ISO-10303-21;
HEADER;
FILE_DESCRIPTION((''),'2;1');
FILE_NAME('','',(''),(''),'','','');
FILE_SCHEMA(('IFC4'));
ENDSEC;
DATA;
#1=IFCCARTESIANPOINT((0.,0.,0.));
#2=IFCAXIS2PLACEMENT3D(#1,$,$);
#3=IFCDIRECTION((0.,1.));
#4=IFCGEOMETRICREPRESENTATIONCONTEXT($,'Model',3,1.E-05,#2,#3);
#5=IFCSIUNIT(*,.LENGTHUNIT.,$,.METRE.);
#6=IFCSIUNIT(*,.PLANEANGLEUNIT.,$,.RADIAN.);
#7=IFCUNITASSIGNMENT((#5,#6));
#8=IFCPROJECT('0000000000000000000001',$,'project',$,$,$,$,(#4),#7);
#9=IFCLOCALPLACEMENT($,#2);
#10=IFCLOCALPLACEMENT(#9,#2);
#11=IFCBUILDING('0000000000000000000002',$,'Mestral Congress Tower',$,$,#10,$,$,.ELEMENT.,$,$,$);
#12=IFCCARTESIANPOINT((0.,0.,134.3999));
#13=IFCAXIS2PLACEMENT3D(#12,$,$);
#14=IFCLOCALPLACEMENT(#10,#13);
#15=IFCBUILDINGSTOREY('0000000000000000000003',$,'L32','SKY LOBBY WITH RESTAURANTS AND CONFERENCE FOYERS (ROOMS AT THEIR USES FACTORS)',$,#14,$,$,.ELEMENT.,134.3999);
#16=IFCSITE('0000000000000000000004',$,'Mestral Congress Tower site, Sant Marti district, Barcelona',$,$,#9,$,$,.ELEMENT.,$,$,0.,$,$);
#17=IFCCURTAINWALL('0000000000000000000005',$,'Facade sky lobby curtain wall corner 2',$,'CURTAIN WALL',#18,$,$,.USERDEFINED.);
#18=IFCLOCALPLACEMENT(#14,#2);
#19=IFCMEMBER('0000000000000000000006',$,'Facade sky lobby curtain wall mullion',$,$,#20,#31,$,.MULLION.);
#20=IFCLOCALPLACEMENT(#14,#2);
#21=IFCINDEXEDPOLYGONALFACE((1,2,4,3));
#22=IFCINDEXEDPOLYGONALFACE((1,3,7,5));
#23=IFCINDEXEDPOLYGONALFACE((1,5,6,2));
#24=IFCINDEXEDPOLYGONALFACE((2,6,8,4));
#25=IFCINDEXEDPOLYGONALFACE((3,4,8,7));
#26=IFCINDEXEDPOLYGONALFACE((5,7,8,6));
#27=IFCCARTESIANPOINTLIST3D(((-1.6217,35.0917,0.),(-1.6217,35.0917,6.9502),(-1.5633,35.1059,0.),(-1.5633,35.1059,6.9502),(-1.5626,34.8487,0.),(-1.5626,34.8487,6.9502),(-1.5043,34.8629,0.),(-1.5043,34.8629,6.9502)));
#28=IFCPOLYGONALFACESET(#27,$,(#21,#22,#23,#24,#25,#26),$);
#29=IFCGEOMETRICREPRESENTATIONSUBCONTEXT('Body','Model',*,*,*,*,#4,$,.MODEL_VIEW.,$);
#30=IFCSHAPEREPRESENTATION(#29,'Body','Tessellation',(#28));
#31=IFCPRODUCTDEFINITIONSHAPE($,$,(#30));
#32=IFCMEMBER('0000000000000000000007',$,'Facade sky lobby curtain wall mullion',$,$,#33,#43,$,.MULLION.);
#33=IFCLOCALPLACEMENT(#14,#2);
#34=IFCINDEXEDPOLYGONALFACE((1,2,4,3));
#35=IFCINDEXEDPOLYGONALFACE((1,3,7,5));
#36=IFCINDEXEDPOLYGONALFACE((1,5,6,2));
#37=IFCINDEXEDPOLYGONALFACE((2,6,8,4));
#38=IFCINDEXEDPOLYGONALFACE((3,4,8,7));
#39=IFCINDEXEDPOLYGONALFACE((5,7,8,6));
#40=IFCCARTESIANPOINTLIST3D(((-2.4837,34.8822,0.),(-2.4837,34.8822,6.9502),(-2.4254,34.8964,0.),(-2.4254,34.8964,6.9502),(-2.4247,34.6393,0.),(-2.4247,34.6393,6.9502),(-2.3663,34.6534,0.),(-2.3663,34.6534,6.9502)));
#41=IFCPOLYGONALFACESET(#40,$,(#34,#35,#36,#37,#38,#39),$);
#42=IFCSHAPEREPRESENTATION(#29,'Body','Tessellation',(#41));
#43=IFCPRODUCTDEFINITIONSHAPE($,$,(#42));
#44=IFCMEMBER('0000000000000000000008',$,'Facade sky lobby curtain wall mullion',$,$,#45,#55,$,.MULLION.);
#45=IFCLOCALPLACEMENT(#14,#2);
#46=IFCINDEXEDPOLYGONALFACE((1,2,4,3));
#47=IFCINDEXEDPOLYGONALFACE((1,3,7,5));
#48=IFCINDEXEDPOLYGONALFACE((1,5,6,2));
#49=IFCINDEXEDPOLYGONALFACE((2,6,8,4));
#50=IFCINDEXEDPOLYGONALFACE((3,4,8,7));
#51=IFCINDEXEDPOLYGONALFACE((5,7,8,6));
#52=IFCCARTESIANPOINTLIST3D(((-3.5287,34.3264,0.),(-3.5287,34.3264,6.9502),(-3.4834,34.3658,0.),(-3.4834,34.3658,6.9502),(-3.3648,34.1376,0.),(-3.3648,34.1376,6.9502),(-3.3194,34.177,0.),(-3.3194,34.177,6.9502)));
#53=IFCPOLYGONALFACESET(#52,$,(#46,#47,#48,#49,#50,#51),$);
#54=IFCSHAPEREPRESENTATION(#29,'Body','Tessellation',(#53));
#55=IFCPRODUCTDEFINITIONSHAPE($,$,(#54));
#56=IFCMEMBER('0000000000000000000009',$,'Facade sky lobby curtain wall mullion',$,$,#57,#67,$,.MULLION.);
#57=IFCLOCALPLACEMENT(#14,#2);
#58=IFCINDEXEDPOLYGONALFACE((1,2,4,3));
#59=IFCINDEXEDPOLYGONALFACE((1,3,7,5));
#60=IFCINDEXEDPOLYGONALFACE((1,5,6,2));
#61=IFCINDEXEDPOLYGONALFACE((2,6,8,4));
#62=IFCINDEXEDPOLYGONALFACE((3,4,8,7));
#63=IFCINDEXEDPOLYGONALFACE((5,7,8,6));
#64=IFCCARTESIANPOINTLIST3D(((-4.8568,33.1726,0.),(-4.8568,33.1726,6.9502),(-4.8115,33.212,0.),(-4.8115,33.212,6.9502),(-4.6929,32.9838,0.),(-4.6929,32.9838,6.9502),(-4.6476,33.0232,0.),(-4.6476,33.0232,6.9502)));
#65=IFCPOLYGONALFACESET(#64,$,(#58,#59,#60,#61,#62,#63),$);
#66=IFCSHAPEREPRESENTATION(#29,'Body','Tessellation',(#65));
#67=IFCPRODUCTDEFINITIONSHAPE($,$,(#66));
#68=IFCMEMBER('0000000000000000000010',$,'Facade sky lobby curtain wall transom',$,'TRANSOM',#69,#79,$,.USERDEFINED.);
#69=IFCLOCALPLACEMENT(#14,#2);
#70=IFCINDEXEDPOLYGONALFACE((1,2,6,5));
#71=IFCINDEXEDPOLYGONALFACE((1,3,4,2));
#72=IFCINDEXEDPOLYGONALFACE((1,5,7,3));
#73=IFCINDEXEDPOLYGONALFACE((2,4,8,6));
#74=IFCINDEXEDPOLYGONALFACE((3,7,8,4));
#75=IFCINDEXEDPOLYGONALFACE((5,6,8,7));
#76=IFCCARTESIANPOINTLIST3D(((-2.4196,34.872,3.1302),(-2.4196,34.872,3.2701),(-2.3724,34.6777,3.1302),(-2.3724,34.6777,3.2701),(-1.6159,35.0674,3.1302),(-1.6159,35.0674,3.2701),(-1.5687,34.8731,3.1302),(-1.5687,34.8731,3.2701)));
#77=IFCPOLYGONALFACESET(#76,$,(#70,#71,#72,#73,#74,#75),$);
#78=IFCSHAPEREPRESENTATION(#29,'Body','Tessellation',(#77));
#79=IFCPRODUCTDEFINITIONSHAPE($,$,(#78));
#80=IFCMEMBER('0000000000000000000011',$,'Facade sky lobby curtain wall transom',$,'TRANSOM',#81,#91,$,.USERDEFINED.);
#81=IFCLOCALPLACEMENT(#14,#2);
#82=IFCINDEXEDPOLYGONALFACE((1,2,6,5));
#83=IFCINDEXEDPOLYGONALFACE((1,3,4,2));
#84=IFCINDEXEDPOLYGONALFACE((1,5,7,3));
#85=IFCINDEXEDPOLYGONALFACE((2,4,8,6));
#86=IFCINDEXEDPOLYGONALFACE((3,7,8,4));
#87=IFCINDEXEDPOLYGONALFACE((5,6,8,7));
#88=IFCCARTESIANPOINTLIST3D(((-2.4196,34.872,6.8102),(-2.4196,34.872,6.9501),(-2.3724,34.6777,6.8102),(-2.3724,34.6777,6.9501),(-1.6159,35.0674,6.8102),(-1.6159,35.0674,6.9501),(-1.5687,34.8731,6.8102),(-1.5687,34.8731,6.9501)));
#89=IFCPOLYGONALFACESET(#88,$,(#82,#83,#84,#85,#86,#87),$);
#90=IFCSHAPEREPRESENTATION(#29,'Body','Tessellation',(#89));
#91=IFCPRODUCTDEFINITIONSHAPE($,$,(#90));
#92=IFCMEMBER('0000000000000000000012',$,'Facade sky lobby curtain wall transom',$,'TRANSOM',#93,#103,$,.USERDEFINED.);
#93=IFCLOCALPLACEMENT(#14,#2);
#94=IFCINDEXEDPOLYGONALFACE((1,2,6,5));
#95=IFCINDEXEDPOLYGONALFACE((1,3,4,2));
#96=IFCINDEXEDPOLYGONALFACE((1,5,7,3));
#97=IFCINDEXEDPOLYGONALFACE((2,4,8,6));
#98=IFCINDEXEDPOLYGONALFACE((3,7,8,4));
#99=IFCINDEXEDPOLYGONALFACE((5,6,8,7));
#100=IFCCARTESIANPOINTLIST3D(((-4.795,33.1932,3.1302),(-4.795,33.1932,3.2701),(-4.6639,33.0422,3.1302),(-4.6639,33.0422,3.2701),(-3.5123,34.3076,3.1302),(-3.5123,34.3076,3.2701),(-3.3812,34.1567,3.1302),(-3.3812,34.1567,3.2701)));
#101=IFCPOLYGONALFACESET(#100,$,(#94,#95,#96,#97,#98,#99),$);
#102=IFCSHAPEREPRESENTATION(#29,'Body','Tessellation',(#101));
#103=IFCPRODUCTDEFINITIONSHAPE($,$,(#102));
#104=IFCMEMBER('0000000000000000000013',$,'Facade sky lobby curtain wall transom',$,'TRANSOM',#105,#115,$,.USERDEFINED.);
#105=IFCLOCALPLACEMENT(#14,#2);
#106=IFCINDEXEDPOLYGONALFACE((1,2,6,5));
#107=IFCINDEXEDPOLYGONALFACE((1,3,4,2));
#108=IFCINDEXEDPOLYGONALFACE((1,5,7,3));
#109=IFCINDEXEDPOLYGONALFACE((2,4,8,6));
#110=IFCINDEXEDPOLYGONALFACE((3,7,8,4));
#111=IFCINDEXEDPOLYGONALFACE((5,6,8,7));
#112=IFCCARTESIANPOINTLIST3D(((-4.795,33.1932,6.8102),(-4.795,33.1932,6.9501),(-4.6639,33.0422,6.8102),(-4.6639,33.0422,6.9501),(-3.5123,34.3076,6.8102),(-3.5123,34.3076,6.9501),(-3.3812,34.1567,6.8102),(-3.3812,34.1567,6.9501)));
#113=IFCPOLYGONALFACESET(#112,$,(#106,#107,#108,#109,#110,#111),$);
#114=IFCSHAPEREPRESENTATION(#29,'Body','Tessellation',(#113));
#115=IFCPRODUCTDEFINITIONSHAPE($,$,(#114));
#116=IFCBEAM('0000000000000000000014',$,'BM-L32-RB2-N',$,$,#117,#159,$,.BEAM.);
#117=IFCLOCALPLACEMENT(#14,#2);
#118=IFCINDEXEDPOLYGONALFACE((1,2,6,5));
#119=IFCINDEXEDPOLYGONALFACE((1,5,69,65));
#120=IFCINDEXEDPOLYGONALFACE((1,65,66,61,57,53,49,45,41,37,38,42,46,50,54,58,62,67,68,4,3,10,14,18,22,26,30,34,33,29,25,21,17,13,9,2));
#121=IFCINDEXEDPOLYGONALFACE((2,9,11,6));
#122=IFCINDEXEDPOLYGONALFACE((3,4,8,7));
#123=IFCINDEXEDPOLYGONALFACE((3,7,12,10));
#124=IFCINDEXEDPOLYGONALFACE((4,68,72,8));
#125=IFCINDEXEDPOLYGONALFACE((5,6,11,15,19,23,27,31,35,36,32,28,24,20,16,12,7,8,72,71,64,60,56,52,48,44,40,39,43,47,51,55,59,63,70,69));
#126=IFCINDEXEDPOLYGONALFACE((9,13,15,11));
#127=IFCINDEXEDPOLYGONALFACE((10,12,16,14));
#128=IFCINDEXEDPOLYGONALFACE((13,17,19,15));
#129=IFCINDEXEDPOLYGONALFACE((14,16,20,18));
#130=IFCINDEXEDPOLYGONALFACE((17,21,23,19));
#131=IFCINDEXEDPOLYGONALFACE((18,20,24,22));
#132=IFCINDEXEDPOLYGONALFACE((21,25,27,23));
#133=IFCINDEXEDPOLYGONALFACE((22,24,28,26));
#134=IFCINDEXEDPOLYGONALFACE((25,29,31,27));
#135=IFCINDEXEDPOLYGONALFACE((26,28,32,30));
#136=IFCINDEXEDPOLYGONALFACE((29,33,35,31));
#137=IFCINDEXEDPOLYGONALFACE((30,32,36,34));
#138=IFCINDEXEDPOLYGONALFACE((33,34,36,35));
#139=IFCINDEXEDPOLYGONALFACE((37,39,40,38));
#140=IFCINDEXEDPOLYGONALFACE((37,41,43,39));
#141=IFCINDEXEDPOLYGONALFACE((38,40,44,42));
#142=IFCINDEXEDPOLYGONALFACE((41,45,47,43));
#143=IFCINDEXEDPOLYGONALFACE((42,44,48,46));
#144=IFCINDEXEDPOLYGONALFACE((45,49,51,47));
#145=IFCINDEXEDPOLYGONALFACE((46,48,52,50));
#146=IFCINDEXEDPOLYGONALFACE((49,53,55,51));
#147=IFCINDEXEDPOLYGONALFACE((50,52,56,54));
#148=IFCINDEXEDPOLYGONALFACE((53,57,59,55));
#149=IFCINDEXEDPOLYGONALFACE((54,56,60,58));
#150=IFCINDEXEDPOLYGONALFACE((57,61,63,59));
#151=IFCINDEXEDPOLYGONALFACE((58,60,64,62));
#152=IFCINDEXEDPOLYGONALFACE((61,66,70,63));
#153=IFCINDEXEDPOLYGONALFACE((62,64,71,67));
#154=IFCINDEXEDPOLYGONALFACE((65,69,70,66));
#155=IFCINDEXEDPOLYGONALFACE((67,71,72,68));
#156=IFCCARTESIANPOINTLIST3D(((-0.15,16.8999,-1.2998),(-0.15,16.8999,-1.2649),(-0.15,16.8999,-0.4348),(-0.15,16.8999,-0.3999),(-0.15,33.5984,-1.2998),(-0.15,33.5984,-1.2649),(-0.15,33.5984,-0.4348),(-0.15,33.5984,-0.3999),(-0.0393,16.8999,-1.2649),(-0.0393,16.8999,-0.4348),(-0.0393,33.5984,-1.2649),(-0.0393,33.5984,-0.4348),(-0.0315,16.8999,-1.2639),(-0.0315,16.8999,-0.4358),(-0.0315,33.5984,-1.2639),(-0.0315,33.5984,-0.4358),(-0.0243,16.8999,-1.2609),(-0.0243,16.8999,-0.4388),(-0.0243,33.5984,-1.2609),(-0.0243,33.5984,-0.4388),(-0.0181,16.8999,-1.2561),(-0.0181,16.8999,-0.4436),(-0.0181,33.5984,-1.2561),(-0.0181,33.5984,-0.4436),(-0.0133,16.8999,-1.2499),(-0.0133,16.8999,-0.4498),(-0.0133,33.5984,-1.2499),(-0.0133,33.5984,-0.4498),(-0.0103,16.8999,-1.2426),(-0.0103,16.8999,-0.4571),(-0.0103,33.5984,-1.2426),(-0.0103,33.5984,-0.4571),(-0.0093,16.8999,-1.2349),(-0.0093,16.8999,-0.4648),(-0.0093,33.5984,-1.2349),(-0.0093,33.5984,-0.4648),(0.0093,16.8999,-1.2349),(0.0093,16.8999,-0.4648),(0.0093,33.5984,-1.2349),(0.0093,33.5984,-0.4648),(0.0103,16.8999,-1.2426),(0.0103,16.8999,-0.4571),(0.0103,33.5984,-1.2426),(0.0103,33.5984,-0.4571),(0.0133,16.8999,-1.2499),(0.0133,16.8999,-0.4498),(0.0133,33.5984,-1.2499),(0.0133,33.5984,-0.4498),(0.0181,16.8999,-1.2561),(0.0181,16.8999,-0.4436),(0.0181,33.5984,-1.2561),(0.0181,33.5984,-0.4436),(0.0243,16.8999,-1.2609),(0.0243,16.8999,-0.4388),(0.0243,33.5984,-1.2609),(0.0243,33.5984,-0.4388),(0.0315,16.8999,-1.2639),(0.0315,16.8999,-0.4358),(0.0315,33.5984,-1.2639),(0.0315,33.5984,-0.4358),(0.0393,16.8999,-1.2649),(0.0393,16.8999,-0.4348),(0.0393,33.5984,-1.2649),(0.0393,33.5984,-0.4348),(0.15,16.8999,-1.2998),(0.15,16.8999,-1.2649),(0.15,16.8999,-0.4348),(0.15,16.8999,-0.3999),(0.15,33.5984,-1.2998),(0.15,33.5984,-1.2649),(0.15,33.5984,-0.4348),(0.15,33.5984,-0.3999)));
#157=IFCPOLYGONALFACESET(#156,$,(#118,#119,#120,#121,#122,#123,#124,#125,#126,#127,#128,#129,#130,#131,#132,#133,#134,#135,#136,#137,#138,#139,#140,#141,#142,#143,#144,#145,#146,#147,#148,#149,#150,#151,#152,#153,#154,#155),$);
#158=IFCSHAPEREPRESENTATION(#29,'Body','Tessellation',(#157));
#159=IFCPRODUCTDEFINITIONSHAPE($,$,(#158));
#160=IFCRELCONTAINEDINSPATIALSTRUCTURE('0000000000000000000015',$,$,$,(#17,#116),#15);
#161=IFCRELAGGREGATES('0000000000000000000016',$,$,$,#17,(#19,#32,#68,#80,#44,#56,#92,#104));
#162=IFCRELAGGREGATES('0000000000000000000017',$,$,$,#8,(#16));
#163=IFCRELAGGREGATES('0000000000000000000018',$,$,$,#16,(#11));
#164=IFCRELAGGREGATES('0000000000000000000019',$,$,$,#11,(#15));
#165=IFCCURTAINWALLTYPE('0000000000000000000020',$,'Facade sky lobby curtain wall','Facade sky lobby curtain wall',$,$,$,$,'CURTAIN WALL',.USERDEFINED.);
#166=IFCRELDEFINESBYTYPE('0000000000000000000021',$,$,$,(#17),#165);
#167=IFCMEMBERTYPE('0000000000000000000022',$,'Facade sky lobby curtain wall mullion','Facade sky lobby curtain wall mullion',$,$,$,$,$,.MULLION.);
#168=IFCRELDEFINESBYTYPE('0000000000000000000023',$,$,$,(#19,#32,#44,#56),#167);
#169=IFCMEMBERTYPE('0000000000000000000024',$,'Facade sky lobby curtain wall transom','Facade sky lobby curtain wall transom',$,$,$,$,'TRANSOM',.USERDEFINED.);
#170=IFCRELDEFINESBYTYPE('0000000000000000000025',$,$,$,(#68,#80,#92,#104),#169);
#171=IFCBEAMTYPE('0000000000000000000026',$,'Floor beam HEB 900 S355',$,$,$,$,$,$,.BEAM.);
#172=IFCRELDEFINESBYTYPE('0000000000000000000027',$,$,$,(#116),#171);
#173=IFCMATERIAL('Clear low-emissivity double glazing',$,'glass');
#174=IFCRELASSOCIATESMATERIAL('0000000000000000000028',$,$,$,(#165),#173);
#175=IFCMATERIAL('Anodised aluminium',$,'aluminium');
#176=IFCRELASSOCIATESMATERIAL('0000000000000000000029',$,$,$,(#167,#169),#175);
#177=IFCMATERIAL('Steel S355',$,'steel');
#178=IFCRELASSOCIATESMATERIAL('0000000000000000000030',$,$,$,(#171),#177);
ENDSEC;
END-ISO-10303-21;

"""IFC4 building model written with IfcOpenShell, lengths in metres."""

from ifc_helpers import new_model, si_unit, direction, frame, origin, origin_2d, place, context, subcontext, project, spatial, rectangle, i_section, extrude, material, material_profile, profile_set, type_object, element, aggregate, save


model = new_model("IFC4")

# Units and contexts
model_context = context("Model", 3, precision=1e-05, world=origin(), true_north=direction((0.0, 1.0)))
body_context = subcontext(model_context, "Body", "Model", "MODEL_VIEW")
ifc_project = project(units=[si_unit("LENGTHUNIT", "METRE"), si_unit("PLANEANGLEUNIT", "RADIAN")], contexts=[model_context])

# Site, building, storey
site_placement = place(None, origin())
site = spatial("IfcSite", under=ifc_project, at=site_placement, Name="Mestral Congress Tower site, Sant Marti district, Barcelona", CompositionType="ELEMENT", RefElevation=0.0)
building_placement = place(site_placement, origin())
building = spatial("IfcBuilding", under=site, at=building_placement, Name="Mestral Congress Tower", CompositionType="ELEMENT")
storey_placement = place(building_placement, frame((0.0, 0.0, 134.3999)))
storey = spatial("IfcBuildingStorey", under=building, at=storey_placement, Name="L32", Description="SKY LOBBY WITH RESTAURANTS AND CONFERENCE FOYERS (ROOMS AT THEIR USES FACTORS)", CompositionType="ELEMENT", Elevation=134.3999)

# Shared definitions
ifc_material_1 = material(Name="Steel S355", Category="steel")

# Curtain wall, members
ifc_material_2 = material(Name="Clear low-emissivity double glazing", Category="glass")
curtain_wall_type = type_object("IfcCurtainWallType", Name="Facade sky lobby curtain wall", Description="Facade sky lobby curtain wall", ElementType="CURTAIN WALL", PredefinedType="USERDEFINED", material=ifc_material_2)
curtain_wall_placement = place(storey_placement, origin())
curtain_wall = element("IfcCurtainWall", 1, at=curtain_wall_placement, inside=storey, type_object=curtain_wall_type, Name="Facade sky lobby curtain wall corner 2", ObjectType="CURTAIN WALL", PredefinedType="USERDEFINED")
ifc_material_3 = material(Name="Anodised aluminium", Category="aluminium")
ifc_material_profile_1 = material_profile(ifc_material_3, rectangle(XDim=0.25, YDim=0.0601, at=origin_2d()), Name="CW1 mullion 250 x 60")
ifc_profile_set_1 = profile_set([ifc_material_profile_1], Name="Anodised aluminium")
member_type_1 = type_object("IfcMemberType", Name="Facade sky lobby curtain wall mullion", Description="Facade sky lobby curtain wall mullion", PredefinedType="MULLION", material=ifc_profile_set_1)
member_1_placement = place(storey_placement, frame((-1.563, 34.9773, 0.0), z_axis=(0.0, 0.0, 1.0), x_axis=(-0.236153, 0.971716, 0.0)))
member_1 = element("IfcMember", 2, at=member_1_placement, type_object=member_type_1, Name="Facade sky lobby curtain wall mullion", PredefinedType="MULLION", context=body_context, shape_type="SweptSolid", body=[
    extrude(rectangle(XDim=0.25, YDim=0.0601, at=origin_2d()), origin(), (0.0, 0.0, 1.0), 6.9502),
])
member_2_placement = place(storey_placement, frame((-2.425, 34.7678, 0.0), z_axis=(0.0, 0.0, 1.0), x_axis=(-0.236153, 0.971716, 0.0)))
member_2 = element("IfcMember", 3, at=member_2_placement, type_object=member_type_1, Name="Facade sky lobby curtain wall mullion", PredefinedType="MULLION", context=body_context, shape_type="SweptSolid", body=[
    extrude(rectangle(XDim=0.25, YDim=0.0601, at=origin_2d()), origin(), (0.0, 0.0, 1.0), 6.9502),
])
member_3_placement = place(storey_placement, frame((-3.4241, 34.2517, 0.0), z_axis=(0.0, 0.0, 1.0), x_axis=(-0.65581, 0.754926, 0.0)))
member_3 = element("IfcMember", 4, at=member_3_placement, type_object=member_type_1, Name="Facade sky lobby curtain wall mullion", PredefinedType="MULLION", context=body_context, shape_type="SweptSolid", body=[
    extrude(rectangle(XDim=0.25, YDim=0.0601, at=origin_2d()), origin(), (0.0, 0.0, 1.0), 6.9502),
])
member_4_placement = place(storey_placement, frame((-4.7522, 33.0979, 0.0), z_axis=(0.0, 0.0, 1.0), x_axis=(-0.65581, 0.754926, 0.0)))
member_4 = element("IfcMember", 5, at=member_4_placement, type_object=member_type_1, Name="Facade sky lobby curtain wall mullion", PredefinedType="MULLION", context=body_context, shape_type="SweptSolid", body=[
    extrude(rectangle(XDim=0.25, YDim=0.0601, at=origin_2d()), origin(), (0.0, 0.0, 1.0), 6.9502),
])
ifc_material_profile_2 = material_profile(ifc_material_3, rectangle(XDim=0.2, YDim=0.1399, at=origin_2d()), Name="CW1 transom 200 x 140")
ifc_profile_set_2 = profile_set([ifc_material_profile_2], Name="Anodised aluminium")
member_type_2 = type_object("IfcMemberType", Name="Facade sky lobby curtain wall transom", Description="Facade sky lobby curtain wall transom", ElementType="TRANSOM", PredefinedType="USERDEFINED", material=ifc_profile_set_2)
member_5_placement = place(storey_placement, frame((-1.5923, 34.9702, 3.2002), z_axis=(-0.971719, -0.236141, 0.0), x_axis=(0.236141, -0.971719, 0.0)))
member_5 = element("IfcMember", 6, at=member_5_placement, type_object=member_type_2, Name="Facade sky lobby curtain wall transom", ObjectType="TRANSOM", PredefinedType="USERDEFINED", context=body_context, shape_type="SweptSolid", body=[
    extrude(rectangle(XDim=0.2, YDim=0.1399, at=origin_2d()), origin(), (0.0, 0.0, 1.0), 0.8271),
])
member_6_placement = place(storey_placement, frame((-1.5923, 34.9702, 6.8801), z_axis=(-0.971719, -0.236141, 0.0), x_axis=(0.236141, -0.971719, 0.0)))
member_6 = element("IfcMember", 7, at=member_6_placement, type_object=member_type_2, Name="Facade sky lobby curtain wall transom", ObjectType="TRANSOM", PredefinedType="USERDEFINED", context=body_context, shape_type="SweptSolid", body=[
    extrude(rectangle(XDim=0.2, YDim=0.1399, at=origin_2d()), origin(), (0.0, 0.0, 1.0), 0.8271),
])
member_7_placement = place(storey_placement, frame((-3.4468, 34.2322, 3.2002), z_axis=(-0.754868, -0.655876, 0.0), x_axis=(0.655876, -0.754868, 0.0)))
member_7 = element("IfcMember", 8, at=member_7_placement, type_object=member_type_2, Name="Facade sky lobby curtain wall transom", ObjectType="TRANSOM", PredefinedType="USERDEFINED", context=body_context, shape_type="SweptSolid", body=[
    extrude(rectangle(XDim=0.2, YDim=0.1399, at=origin_2d()), origin(), (0.0, 0.0, 1.0), 1.6992),
])
member_8_placement = place(storey_placement, frame((-3.4468, 34.2322, 6.8801), z_axis=(-0.754868, -0.655876, 0.0), x_axis=(0.655876, -0.754868, 0.0)))
member_8 = element("IfcMember", 9, at=member_8_placement, type_object=member_type_2, Name="Facade sky lobby curtain wall transom", ObjectType="TRANSOM", PredefinedType="USERDEFINED", context=body_context, shape_type="SweptSolid", body=[
    extrude(rectangle(XDim=0.2, YDim=0.1399, at=origin_2d()), origin(), (0.0, 0.0, 1.0), 1.6992),
])

# Beam
ifc_material_profile_3 = material_profile(ifc_material_1, i_section(OverallWidth=0.3, OverallDepth=0.8999, WebThickness=0.0186, FlangeThickness=0.0349, FilletRadius=0.03, at=origin_2d()), Name="HEB 900")
ifc_profile_set_3 = profile_set([ifc_material_profile_3], Name="Steel S355")
beam_type_1 = type_object("IfcBeamType", Name="Floor beam HEB 900 S355", PredefinedType="BEAM", material=ifc_profile_set_3)
beam_1_placement = place(storey_placement, frame((0.0, 33.5984, -0.8499), z_axis=(0.0, -1.0, 0.0), x_axis=(1.0, 0.0, 0.0)))
element("IfcBeam", 10, at=beam_1_placement, inside=storey, type_object=beam_type_1, Name="BM-L32-RB2-N", PredefinedType="BEAM", context=body_context, shape_type="SweptSolid", body=[
    extrude(i_section(OverallWidth=0.3, OverallDepth=0.8999, WebThickness=0.0186, FlangeThickness=0.0349, FilletRadius=0.03, at=origin_2d()), origin(), (0.0, 0.0, 1.0), 16.6985),
])

aggregate(curtain_wall, [member_1, member_2, member_5, member_6, member_3, member_4, member_7, member_8])

save(model, "model.ifc")
